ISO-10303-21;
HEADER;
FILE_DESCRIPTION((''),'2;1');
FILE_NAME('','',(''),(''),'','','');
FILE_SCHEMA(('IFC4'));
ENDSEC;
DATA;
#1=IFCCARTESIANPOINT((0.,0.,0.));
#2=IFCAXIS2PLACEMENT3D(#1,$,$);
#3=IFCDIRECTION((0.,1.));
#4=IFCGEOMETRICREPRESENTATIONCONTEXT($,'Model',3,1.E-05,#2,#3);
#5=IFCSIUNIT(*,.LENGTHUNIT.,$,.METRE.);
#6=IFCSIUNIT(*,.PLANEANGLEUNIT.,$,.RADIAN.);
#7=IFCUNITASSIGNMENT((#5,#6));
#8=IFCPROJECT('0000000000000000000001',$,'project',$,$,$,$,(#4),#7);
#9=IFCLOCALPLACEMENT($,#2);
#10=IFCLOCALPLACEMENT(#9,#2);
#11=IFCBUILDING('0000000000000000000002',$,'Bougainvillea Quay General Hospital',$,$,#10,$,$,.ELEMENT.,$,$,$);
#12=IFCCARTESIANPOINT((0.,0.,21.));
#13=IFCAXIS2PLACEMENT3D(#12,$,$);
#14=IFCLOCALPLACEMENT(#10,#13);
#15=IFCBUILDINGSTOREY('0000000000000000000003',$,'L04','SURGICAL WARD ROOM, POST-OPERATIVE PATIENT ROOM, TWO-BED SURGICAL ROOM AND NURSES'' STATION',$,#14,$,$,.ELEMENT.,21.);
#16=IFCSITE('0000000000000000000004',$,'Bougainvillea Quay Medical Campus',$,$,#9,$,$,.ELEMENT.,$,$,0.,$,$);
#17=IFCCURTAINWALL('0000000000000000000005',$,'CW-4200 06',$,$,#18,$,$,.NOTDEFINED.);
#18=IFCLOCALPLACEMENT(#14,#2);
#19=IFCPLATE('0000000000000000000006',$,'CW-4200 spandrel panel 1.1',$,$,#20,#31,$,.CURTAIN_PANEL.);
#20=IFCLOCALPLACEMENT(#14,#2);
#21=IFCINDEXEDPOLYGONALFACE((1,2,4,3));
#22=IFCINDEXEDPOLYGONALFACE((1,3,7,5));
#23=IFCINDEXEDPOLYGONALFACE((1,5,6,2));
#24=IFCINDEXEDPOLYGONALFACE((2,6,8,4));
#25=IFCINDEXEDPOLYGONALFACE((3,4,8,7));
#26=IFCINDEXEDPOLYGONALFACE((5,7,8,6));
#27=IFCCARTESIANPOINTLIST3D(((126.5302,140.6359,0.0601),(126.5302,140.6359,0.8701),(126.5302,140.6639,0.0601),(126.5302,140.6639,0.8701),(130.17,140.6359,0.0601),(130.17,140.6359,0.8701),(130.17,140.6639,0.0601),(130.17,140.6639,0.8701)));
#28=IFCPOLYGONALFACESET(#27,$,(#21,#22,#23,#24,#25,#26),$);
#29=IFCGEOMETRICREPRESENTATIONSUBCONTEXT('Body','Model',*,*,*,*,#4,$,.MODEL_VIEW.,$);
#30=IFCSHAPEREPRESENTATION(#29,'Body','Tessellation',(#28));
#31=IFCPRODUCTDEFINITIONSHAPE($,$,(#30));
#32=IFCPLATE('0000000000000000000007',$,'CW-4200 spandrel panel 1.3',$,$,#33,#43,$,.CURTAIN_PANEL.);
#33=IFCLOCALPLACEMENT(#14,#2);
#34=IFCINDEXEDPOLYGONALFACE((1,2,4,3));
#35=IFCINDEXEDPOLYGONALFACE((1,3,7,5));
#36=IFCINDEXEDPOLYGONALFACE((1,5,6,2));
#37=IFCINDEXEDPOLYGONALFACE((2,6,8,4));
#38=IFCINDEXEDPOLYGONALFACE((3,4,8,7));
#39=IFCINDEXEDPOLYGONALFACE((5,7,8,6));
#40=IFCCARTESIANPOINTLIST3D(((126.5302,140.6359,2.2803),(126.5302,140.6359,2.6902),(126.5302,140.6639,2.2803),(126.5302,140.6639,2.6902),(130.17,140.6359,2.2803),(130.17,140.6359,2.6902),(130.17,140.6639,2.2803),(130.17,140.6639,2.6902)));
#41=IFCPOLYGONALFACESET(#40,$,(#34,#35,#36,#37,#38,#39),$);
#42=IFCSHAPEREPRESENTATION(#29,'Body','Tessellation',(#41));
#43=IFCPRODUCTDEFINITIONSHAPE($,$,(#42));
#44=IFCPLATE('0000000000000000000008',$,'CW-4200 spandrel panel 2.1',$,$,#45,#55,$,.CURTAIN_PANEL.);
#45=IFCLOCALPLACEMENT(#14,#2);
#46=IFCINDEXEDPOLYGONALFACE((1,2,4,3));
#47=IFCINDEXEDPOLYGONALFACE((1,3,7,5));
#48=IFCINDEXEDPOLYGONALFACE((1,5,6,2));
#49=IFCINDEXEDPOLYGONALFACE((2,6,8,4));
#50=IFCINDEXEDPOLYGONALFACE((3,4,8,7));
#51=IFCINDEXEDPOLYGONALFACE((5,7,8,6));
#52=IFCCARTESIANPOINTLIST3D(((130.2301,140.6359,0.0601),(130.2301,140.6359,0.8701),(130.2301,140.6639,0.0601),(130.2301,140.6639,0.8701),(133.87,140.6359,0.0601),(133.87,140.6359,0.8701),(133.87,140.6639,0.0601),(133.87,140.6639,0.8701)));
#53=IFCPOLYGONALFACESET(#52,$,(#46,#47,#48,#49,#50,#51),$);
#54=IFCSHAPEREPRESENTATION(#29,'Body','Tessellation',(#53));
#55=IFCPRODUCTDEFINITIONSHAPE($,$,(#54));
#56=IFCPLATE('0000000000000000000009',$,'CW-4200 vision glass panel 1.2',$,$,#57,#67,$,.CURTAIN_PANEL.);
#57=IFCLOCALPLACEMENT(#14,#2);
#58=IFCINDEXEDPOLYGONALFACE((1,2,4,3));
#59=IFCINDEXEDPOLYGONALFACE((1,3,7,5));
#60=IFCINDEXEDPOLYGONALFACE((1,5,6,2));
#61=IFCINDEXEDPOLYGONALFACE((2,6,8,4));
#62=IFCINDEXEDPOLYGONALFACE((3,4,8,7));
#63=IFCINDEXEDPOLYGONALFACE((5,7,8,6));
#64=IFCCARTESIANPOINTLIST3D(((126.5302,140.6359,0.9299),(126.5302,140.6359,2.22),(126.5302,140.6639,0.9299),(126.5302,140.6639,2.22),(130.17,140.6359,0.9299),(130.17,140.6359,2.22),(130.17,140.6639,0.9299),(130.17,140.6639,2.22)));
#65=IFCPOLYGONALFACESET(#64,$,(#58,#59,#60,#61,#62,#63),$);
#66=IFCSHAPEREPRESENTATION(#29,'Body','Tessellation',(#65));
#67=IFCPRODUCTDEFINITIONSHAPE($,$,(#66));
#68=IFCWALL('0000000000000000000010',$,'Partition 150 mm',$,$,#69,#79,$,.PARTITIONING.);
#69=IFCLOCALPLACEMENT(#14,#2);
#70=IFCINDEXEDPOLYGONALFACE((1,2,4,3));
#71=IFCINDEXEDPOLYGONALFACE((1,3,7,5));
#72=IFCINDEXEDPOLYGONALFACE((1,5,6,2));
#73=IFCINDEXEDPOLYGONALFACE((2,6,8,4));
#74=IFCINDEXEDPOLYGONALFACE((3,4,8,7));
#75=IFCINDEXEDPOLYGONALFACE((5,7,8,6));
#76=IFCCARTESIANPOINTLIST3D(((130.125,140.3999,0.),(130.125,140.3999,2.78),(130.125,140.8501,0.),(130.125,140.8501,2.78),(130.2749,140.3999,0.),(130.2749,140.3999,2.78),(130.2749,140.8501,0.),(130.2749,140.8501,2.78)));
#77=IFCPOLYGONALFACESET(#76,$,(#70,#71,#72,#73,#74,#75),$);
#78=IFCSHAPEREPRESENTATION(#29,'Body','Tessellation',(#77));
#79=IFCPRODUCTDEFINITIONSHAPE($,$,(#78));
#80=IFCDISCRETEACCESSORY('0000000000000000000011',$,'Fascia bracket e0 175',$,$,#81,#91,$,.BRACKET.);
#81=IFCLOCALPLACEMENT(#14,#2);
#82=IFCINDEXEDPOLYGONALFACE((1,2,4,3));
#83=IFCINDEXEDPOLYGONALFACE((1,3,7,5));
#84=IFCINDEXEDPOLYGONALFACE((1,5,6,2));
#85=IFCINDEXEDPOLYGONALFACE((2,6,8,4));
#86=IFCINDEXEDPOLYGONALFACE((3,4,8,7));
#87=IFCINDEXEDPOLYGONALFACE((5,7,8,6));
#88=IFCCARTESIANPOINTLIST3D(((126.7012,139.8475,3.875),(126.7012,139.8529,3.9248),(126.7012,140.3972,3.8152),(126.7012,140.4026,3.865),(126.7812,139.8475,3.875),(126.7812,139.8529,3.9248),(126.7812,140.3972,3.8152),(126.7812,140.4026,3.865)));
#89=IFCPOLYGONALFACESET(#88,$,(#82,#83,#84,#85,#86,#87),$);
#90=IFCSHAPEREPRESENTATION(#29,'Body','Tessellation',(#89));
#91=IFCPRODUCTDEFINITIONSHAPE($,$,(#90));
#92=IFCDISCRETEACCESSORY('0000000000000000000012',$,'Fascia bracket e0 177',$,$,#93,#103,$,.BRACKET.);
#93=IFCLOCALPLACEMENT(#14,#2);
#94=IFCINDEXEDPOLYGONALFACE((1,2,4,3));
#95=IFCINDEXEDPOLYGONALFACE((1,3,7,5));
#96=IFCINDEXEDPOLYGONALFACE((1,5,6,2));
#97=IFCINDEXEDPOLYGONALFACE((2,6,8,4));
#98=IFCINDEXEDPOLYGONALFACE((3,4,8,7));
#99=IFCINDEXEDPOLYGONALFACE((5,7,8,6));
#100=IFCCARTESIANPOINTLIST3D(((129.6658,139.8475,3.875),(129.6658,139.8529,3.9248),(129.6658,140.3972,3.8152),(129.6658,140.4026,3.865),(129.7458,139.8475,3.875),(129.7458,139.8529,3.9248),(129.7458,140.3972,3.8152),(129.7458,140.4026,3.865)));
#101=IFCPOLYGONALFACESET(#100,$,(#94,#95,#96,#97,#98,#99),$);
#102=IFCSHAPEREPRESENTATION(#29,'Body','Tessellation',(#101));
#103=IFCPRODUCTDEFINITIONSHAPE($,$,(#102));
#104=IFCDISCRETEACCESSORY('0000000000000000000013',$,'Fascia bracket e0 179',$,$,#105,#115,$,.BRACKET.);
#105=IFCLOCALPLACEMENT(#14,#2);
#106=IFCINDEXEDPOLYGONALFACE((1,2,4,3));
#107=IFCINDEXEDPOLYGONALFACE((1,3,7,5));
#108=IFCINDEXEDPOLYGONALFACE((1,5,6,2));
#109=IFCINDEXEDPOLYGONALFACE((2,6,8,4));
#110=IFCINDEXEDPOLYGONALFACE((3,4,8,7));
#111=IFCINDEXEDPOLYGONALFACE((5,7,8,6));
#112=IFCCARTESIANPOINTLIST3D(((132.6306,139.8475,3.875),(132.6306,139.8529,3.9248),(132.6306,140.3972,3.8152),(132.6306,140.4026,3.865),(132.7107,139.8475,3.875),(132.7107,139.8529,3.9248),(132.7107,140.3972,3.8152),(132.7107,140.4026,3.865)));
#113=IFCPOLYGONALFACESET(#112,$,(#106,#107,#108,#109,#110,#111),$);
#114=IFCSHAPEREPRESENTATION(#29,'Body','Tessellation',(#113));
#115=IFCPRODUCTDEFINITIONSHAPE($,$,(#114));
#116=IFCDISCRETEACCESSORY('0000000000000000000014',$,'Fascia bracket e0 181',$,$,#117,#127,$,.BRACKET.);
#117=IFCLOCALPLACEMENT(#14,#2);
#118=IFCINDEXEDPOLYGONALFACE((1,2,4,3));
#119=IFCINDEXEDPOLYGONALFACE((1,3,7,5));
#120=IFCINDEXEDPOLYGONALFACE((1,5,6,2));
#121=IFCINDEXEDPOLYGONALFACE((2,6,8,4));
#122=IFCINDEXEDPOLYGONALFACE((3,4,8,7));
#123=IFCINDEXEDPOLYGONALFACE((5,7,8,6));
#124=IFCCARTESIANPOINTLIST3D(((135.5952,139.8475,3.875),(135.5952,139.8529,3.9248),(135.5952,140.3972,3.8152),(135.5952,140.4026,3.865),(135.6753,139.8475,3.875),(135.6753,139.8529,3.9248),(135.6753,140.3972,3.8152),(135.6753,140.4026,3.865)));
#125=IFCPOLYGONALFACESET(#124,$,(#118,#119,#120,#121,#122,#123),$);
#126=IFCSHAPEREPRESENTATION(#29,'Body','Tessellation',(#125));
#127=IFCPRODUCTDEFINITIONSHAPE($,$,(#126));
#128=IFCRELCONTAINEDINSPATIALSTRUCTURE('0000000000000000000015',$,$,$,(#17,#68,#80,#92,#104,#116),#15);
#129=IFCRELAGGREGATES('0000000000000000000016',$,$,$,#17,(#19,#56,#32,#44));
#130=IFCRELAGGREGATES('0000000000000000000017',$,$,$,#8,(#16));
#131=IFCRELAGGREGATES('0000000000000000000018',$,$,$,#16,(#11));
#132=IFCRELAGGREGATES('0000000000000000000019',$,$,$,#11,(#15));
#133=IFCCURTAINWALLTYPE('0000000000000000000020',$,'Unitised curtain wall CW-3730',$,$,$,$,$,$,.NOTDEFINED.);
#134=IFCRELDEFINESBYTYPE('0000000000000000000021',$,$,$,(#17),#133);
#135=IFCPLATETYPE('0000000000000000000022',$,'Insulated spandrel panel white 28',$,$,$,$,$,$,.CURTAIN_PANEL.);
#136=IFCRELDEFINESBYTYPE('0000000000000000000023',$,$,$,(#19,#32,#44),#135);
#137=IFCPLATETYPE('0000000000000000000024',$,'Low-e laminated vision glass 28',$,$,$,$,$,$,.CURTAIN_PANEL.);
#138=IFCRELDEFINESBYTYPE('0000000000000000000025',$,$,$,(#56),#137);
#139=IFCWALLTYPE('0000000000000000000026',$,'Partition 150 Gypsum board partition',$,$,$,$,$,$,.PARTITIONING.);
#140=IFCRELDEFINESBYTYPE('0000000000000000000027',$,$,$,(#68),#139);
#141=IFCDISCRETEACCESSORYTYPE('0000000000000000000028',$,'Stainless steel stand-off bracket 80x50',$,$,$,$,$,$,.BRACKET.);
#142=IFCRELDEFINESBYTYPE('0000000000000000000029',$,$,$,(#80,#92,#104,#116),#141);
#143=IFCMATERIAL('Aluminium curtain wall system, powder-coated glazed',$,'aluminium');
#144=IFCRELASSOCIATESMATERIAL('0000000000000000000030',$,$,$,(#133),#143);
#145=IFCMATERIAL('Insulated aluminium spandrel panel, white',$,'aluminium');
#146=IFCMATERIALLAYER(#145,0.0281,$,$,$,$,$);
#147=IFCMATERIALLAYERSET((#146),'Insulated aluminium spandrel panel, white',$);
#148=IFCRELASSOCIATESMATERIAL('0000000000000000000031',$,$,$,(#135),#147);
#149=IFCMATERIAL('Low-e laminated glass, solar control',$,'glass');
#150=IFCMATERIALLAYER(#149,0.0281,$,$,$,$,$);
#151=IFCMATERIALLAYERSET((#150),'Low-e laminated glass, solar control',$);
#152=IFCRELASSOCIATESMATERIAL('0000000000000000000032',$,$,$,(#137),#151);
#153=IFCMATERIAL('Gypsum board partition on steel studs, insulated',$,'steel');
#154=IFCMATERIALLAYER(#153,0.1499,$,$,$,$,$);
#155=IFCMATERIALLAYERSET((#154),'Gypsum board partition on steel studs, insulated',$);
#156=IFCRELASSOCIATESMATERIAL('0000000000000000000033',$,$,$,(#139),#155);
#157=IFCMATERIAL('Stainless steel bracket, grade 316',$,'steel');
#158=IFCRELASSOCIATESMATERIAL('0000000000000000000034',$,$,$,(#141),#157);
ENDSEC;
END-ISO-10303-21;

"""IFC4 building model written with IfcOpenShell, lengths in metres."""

from ifc_helpers import new_model, si_unit, direction, frame, frame_2d, origin, origin_2d, place, context, subcontext, project, spatial, rectangle, extrude, material, layer, layer_set, material_profile, profile_set, type_object, element, aggregate, save


model = new_model("IFC4")

# Units and contexts
model_context = context("Model", 3, precision=1e-05, world=origin(), true_north=direction((0.0, 1.0)))
body_context = subcontext(model_context, "Body", "Model", "MODEL_VIEW")
ifc_project = project(units=[si_unit("LENGTHUNIT", "METRE"), si_unit("PLANEANGLEUNIT", "RADIAN")], contexts=[model_context])

# Site, building, storey
site_placement = place(None, origin())
site = spatial("IfcSite", under=ifc_project, at=site_placement, Name="Bougainvillea Quay Medical Campus", CompositionType="ELEMENT", RefElevation=0.0)
building_placement = place(site_placement, origin())
building = spatial("IfcBuilding", under=site, at=building_placement, Name="Bougainvillea Quay General Hospital", CompositionType="ELEMENT")
storey_placement = place(building_placement, frame((0.0, 0.0, 21.0)))
storey = spatial("IfcBuildingStorey", under=building, at=storey_placement, Name="L04", Description="SURGICAL WARD ROOM, POST-OPERATIVE PATIENT ROOM, TWO-BED SURGICAL ROOM AND NURSES' STATION", CompositionType="ELEMENT", Elevation=21.0)

# Curtain wall
ifc_material_1 = material(Name="Aluminium curtain wall system, powder-coated glazed", Category="aluminium")
curtain_wall_type = type_object("IfcCurtainWallType", Name="Unitised curtain wall CW-3730", PredefinedType="NOTDEFINED", material=ifc_material_1)
curtain_wall_placement = place(storey_placement, origin())
curtain_wall = element("IfcCurtainWall", 1, at=curtain_wall_placement, inside=storey, type_object=curtain_wall_type, Name="CW-4200 06", PredefinedType="NOTDEFINED")

# Plates
ifc_material_2 = material(Name="Insulated aluminium spandrel panel, white", Category="aluminium")
ifc_layer_1 = layer(ifc_material_2, 0.0281)
ifc_layer_set_1 = layer_set([ifc_layer_1], Name="Insulated aluminium spandrel panel, white")
plate_type_1 = type_object("IfcPlateType", Name="Insulated spandrel panel white 28", PredefinedType="CURTAIN_PANEL", material=ifc_layer_set_1)
plate_1_placement = place(storey_placement, frame((128.3501, 140.6499, 0.0601), z_axis=(0.0, 0.0, 1.0), x_axis=(1.0, 0.0, 0.0)))
plate_1 = element("IfcPlate", 2, at=plate_1_placement, type_object=plate_type_1, Name="CW-4200 spandrel panel 1.1", PredefinedType="CURTAIN_PANEL", context=body_context, shape_type="SweptSolid", body=[
    extrude(rectangle(XDim=3.6399, YDim=0.0281, at=origin_2d()), origin(), (0.0, 0.0, 1.0), 0.8101),
])
plate_2_placement = place(storey_placement, frame((128.3501, 140.6499, 2.2803), z_axis=(0.0, 0.0, 1.0), x_axis=(1.0, 0.0, 0.0)))
plate_2 = element("IfcPlate", 3, at=plate_2_placement, type_object=plate_type_1, Name="CW-4200 spandrel panel 1.3", PredefinedType="CURTAIN_PANEL", context=body_context, shape_type="SweptSolid", body=[
    extrude(rectangle(XDim=3.6399, YDim=0.0281, at=origin_2d()), origin(), (0.0, 0.0, 1.0), 0.4099),
])
plate_3_placement = place(storey_placement, frame((132.05, 140.6499, 0.0601), z_axis=(0.0, 0.0, 1.0), x_axis=(1.0, 0.0, 0.0)))
plate_3 = element("IfcPlate", 4, at=plate_3_placement, type_object=plate_type_1, Name="CW-4200 spandrel panel 2.1", PredefinedType="CURTAIN_PANEL", context=body_context, shape_type="SweptSolid", body=[
    extrude(rectangle(XDim=3.6399, YDim=0.0281, at=origin_2d()), origin(), (0.0, 0.0, 1.0), 0.8101),
])
ifc_material_3 = material(Name="Low-e laminated glass, solar control", Category="glass")
ifc_layer_2 = layer(ifc_material_3, 0.0281)
ifc_layer_set_2 = layer_set([ifc_layer_2], Name="Low-e laminated glass, solar control")
plate_type_2 = type_object("IfcPlateType", Name="Low-e laminated vision glass 28", PredefinedType="CURTAIN_PANEL", material=ifc_layer_set_2)
plate_4_placement = place(storey_placement, frame((128.3501, 140.6499, 0.9299), z_axis=(0.0, 0.0, 1.0), x_axis=(1.0, 0.0, 0.0)))
plate_4 = element("IfcPlate", 5, at=plate_4_placement, type_object=plate_type_2, Name="CW-4200 vision glass panel 1.2", PredefinedType="CURTAIN_PANEL", context=body_context, shape_type="SweptSolid", body=[
    extrude(rectangle(XDim=3.6399, YDim=0.0281, at=origin_2d()), origin(), (0.0, 0.0, 1.0), 1.29),
])
aggregate(curtain_wall, [plate_1, plate_4, plate_2, plate_3])

# Wall
ifc_material_4 = material(Name="Gypsum board partition on steel studs, insulated", Category="steel")
ifc_layer_3 = layer(ifc_material_4, 0.1499)
ifc_layer_set_3 = layer_set([ifc_layer_3], Name="Gypsum board partition on steel studs, insulated")
wall_type = type_object("IfcWallType", Name="Partition 150 Gypsum board partition", PredefinedType="PARTITIONING", material=ifc_layer_set_3)
wall_placement = place(storey_placement, frame((130.2, 140.3999, 0.0), z_axis=(0.0, 0.0, 1.0), x_axis=(0.0, 1.0, 0.0)))
element("IfcWall", 6, at=wall_placement, inside=storey, type_object=wall_type, Name="Partition 150 mm", PredefinedType="PARTITIONING", context=body_context, shape_type="SweptSolid", body=[
    extrude(rectangle(XDim=0.4502, YDim=0.1499, at=frame_2d((0.2251, 0.0))), origin(), (0.0, 0.0, 1.0), 2.78),
])

# Discrete accessories
ifc_material_5 = material(Name="Stainless steel bracket, grade 316", Category="steel")
ifc_material_profile_1 = material_profile(ifc_material_5, rectangle(XDim=0.0801, YDim=0.05, at=origin_2d()))
ifc_profile_set_1 = profile_set([ifc_material_profile_1], Name="Stainless steel bracket, grade 316")
discrete_accessory_type = type_object("IfcDiscreteAccessoryType", Name="Stainless steel stand-off bracket 80x50", PredefinedType="BRACKET", material=ifc_profile_set_1)
for number, where, z_axis, x_axis, name in (
    (7, (126.7412, 140.3999, 3.8401), (0.0, -0.994134, 0.108154), (1.0, 0.0, 0.0), "Fascia bracket e0 175"),
    (8, (129.7058, 140.3999, 3.8401), (0.0, -0.994134, 0.108154), (1.0, 0.0, 0.0), "Fascia bracket e0 177"),
    (9, (132.6707, 140.3999, 3.8401), (0.0, -0.994134, 0.108154), (1.0, 0.0, 0.0), "Fascia bracket e0 179"),
    (10, (135.6353, 140.3999, 3.8401), (0.0, -0.994134, 0.108154), (1.0, 0.0, 0.0), "Fascia bracket e0 181"),
):
    element("IfcDiscreteAccessory", number, at=place(storey_placement, frame(where, z_axis=z_axis, x_axis=x_axis)), inside=storey, type_object=discrete_accessory_type, Name=name, PredefinedType="BRACKET", context=body_context, shape_type="SweptSolid", body=[
        extrude(rectangle(XDim=0.0801, YDim=0.05, at=origin_2d()), origin(), (0.0, 0.0, 1.0), 0.553),
    ])

save(model, "model.ifc")
